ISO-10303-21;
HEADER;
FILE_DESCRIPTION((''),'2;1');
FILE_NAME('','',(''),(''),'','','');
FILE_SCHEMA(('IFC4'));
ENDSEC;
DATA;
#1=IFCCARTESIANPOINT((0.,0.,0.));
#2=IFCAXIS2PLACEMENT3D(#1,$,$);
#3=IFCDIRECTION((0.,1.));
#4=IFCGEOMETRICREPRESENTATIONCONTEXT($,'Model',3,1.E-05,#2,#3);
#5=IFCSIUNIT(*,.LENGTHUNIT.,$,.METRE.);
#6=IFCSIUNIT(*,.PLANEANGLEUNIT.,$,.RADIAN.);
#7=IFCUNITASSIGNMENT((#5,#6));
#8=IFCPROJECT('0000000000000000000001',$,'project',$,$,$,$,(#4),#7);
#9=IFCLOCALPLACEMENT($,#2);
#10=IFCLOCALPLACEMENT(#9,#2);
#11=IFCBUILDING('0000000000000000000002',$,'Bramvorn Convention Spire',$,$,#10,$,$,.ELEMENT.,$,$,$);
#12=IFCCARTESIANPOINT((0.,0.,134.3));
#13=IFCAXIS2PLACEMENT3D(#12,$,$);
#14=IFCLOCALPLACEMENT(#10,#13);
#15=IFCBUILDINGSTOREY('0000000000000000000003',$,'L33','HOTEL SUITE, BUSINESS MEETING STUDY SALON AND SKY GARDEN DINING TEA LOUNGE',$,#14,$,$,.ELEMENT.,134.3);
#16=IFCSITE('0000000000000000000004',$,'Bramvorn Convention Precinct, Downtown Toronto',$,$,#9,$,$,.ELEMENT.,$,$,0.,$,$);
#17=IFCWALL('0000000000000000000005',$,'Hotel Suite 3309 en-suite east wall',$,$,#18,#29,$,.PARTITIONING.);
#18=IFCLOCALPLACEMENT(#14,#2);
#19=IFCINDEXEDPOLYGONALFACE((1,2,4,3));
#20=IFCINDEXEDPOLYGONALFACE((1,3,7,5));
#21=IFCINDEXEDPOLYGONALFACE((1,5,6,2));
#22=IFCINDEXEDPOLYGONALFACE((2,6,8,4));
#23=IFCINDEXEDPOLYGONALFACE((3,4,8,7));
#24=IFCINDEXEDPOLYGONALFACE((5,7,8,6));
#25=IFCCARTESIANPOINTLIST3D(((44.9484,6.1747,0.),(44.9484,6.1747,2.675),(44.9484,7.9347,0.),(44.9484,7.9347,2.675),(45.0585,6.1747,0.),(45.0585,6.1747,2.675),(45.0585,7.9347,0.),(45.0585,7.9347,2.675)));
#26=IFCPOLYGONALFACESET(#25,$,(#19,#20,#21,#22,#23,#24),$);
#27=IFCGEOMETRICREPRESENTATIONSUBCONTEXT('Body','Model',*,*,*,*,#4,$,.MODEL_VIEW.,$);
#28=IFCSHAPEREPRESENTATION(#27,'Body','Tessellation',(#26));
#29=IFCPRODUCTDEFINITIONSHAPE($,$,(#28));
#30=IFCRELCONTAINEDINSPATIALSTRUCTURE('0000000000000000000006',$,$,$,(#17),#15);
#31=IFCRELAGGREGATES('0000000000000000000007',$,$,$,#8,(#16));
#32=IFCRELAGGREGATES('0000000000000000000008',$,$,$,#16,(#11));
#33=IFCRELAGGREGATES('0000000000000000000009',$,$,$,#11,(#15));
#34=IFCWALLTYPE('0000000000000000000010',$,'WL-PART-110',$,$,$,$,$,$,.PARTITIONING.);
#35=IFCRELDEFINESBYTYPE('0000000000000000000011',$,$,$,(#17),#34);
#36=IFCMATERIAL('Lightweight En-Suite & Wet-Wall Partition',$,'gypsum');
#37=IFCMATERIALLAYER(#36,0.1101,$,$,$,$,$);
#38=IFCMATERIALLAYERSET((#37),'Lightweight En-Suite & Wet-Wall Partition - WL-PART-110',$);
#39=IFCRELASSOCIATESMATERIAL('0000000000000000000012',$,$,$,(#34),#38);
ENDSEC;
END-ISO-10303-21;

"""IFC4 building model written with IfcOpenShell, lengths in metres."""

from ifc_helpers import new_model, si_unit, direction, frame, frame_2d, origin, place, context, subcontext, project, spatial, rectangle, extrude, material, layer, layer_set, type_object, element, save


model = new_model("IFC4")

# Units and contexts
model_context = context("Model", 3, precision=1e-05, world=origin(), true_north=direction((0.0, 1.0)))
body_context = subcontext(model_context, "Body", "Model", "MODEL_VIEW")
ifc_project = project(units=[si_unit("LENGTHUNIT", "METRE"), si_unit("PLANEANGLEUNIT", "RADIAN")], contexts=[model_context])

# Site, building, storey
site_placement = place(None, origin())
site = spatial("IfcSite", under=ifc_project, at=site_placement, Name="Bramvorn Convention Precinct, Downtown Toronto", CompositionType="ELEMENT", RefElevation=0.0)
building_placement = place(site_placement, origin())
building = spatial("IfcBuilding", under=site, at=building_placement, Name="Bramvorn Convention Spire", CompositionType="ELEMENT")
storey_placement = place(building_placement, frame((0.0, 0.0, 134.3)))
storey = spatial("IfcBuildingStorey", under=building, at=storey_placement, Name="L33", Description="HOTEL SUITE, BUSINESS MEETING STUDY SALON AND SKY GARDEN DINING TEA LOUNGE", CompositionType="ELEMENT", Elevation=134.3)

# Shared definitions
ifc_material_1 = material(Name="Lightweight En-Suite & Wet-Wall Partition", Category="gypsum")
ifc_layer_1 = layer(ifc_material_1, 0.1101)
ifc_layer_set_1 = layer_set([ifc_layer_1], Name="Lightweight En-Suite & Wet-Wall Partition - WL-PART-110")
wall_type_1 = type_object("IfcWallType", Name="WL-PART-110", PredefinedType="PARTITIONING", material=ifc_layer_set_1)

# Wall
for number, where, z_axis, x_axis, name in (
    (1, (45.0034, 6.1748, 0.0), (0.0, 0.0, 1.0), (0.0, 1.0, 0.0), "Hotel Suite 3309 en-suite east wall"),
):
    element("IfcWall", number, at=place(storey_placement, frame(where, z_axis=z_axis, x_axis=x_axis)), inside=storey, type_object=wall_type_1, Name=name, PredefinedType="PARTITIONING", context=body_context, shape_type="SweptSolid", body=[
        extrude(rectangle(XDim=1.76, YDim=0.1101, at=frame_2d((0.8799, 0.0))), origin(), (0.0, 0.0, 1.0), 2.675),
    ])

save(model, "model.ifc")
